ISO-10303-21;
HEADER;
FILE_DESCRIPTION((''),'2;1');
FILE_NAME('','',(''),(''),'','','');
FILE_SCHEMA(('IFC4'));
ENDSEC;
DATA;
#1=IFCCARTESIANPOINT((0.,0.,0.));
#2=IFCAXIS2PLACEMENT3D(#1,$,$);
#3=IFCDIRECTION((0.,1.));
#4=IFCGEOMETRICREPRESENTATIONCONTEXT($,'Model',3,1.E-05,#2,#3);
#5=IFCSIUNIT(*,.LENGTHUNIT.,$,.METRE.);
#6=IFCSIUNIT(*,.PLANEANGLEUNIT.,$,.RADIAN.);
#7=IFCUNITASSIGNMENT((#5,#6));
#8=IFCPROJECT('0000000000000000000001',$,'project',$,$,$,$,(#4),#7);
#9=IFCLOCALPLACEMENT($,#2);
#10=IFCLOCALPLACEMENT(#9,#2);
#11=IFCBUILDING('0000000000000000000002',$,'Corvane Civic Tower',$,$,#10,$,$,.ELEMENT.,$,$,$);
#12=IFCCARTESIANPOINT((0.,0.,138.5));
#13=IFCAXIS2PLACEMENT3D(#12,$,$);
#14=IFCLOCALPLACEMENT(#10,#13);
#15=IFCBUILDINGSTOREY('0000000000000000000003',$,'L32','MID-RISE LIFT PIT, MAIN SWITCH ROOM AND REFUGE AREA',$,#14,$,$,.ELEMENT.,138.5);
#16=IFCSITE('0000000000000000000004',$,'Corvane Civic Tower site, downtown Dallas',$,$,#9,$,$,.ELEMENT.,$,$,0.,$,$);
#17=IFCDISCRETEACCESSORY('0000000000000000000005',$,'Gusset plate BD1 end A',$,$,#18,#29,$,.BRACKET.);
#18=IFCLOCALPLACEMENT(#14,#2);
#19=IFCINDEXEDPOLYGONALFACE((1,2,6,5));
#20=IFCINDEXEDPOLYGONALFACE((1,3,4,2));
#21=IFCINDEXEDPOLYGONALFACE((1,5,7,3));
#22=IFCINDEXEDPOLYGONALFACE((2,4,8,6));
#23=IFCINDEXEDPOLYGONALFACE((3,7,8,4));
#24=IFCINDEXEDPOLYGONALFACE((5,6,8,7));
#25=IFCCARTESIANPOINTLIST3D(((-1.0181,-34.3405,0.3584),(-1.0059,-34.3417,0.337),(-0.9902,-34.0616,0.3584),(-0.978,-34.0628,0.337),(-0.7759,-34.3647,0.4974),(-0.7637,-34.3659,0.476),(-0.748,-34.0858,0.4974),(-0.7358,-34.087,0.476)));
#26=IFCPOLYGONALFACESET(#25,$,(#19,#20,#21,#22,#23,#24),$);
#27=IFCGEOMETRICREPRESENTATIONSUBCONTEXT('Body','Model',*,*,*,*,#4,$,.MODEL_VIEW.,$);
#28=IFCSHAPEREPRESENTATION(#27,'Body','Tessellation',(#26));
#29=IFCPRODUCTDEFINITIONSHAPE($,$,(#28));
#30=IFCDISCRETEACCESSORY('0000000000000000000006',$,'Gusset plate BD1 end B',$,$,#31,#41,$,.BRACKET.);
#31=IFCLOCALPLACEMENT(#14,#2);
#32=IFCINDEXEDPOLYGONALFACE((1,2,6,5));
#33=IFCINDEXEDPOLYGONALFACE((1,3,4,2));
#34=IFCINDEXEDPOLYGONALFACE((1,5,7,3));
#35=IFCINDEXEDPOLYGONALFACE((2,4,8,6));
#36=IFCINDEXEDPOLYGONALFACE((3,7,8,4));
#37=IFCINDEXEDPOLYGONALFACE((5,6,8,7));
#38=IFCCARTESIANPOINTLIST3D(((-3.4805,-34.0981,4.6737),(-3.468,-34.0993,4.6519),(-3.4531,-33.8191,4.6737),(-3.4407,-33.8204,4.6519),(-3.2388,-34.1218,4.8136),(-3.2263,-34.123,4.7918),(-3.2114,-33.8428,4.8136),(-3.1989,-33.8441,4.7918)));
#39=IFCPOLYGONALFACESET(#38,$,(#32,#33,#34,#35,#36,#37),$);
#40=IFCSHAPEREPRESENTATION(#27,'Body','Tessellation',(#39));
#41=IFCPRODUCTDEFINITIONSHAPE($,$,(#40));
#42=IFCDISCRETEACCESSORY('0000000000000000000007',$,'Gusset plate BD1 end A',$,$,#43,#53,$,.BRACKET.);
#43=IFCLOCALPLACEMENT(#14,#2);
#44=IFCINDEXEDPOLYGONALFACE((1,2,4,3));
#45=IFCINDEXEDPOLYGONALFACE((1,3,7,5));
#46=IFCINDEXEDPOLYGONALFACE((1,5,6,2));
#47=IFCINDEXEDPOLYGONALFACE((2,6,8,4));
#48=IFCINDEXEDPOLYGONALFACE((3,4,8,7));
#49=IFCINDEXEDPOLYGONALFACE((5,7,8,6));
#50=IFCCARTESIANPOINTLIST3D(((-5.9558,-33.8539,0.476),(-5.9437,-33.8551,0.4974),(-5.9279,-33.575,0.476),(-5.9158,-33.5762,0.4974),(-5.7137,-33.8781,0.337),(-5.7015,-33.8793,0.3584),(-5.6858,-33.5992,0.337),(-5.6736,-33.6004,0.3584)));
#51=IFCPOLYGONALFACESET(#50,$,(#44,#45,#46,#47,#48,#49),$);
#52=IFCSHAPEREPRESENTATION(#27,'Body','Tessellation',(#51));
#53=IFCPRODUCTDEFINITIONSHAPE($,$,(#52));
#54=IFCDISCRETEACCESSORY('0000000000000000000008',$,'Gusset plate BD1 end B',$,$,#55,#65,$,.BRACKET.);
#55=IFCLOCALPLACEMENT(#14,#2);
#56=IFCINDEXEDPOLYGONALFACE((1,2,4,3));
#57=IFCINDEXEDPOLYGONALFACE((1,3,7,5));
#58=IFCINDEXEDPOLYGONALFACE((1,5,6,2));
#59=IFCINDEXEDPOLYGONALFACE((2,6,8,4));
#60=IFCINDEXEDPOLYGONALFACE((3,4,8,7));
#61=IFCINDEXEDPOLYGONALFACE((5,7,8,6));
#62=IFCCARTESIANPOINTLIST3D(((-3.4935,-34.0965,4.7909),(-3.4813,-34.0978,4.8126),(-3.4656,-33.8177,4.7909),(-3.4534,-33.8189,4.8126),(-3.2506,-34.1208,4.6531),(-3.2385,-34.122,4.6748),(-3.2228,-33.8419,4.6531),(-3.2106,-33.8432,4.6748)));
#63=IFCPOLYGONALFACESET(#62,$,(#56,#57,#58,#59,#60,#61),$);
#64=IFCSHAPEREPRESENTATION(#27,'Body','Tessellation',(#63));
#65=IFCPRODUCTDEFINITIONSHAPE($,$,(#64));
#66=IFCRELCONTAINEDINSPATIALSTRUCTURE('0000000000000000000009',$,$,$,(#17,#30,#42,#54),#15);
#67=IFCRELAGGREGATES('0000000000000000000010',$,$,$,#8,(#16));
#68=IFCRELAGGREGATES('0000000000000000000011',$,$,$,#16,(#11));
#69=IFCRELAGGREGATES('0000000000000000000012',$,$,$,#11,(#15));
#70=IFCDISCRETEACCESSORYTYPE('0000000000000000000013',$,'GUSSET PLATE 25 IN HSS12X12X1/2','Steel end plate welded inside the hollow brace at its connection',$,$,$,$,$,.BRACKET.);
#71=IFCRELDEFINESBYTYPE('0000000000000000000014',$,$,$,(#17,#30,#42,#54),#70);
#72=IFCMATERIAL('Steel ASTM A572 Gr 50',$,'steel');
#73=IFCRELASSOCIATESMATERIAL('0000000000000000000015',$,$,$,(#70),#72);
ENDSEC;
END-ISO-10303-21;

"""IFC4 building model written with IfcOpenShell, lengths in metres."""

from ifc_helpers import new_model, si_unit, direction, frame, origin, origin_2d, place, context, subcontext, project, spatial, rectangle, extrude, material, material_profile, profile_set, type_object, element, save


model = new_model("IFC4")

# Units and contexts
model_context = context("Model", 3, precision=1e-05, world=origin(), true_north=direction((0.0, 1.0)))
body_context = subcontext(model_context, "Body", "Model", "MODEL_VIEW")
ifc_project = project(units=[si_unit("LENGTHUNIT", "METRE"), si_unit("PLANEANGLEUNIT", "RADIAN")], contexts=[model_context])

# Site, building, storey
site_placement = place(None, origin())
site = spatial("IfcSite", under=ifc_project, at=site_placement, Name="Corvane Civic Tower site, downtown Dallas", CompositionType="ELEMENT", RefElevation=0.0)
building_placement = place(site_placement, origin())
building = spatial("IfcBuilding", under=site, at=building_placement, Name="Corvane Civic Tower", CompositionType="ELEMENT")
storey_placement = place(building_placement, frame((0.0, 0.0, 138.5)))
storey = spatial("IfcBuildingStorey", under=building, at=storey_placement, Name="L32", Description="MID-RISE LIFT PIT, MAIN SWITCH ROOM AND REFUGE AREA", CompositionType="ELEMENT", Elevation=138.5)

# Discrete accessories
ifc_material_1 = material(Name="Steel ASTM A572 Gr 50", Category="steel")
ifc_material_profile_1 = material_profile(ifc_material_1, rectangle(XDim=0.2803, YDim=0.2803, at=origin_2d()), Name="GUSSET PLATE 25 IN HSS12X12X1/2")
ifc_profile_set_1 = profile_set([ifc_material_profile_1], Name="Steel ASTM A572 Gr 50")
discrete_accessory_type = type_object("IfcDiscreteAccessoryType", Name="GUSSET PLATE 25 IN HSS12X12X1/2", Description="Steel end plate welded inside the hollow brace at its connection", PredefinedType="BRACKET", material=ifc_profile_set_1)
discrete_accessory_1_placement = place(storey_placement, frame((-0.8708, -34.2144, 0.4065), z_axis=(-0.493408, 0.049341, 0.868398), x_axis=(-0.099504, -0.995037, 0.0)))
element("IfcDiscreteAccessory", 1, at=discrete_accessory_1_placement, inside=storey, type_object=discrete_accessory_type, Name="Gusset plate BD1 end A", PredefinedType="BRACKET", context=body_context, shape_type="SweptSolid", body=[
    extrude(rectangle(XDim=0.2803, YDim=0.2803, at=origin_2d()), origin(), (0.0, 0.0, 1.0), 0.0247),
])
discrete_accessory_2_placement = place(storey_placement, frame((-3.3459, -33.9705, 4.7437), z_axis=(0.496599, -0.048686, -0.866614), x_axis=(0.097571, 0.995229, 0.0)))
element("IfcDiscreteAccessory", 2, at=discrete_accessory_2_placement, inside=storey, type_object=discrete_accessory_type, Name="Gusset plate BD1 end B", PredefinedType="BRACKET", context=body_context, shape_type="SweptSolid", body=[
    extrude(rectangle(XDim=0.2803, YDim=0.2803, at=origin_2d()), origin(), (0.0, 0.0, 1.0), 0.0251),
])
discrete_accessory_3_placement = place(storey_placement, frame((-5.8208, -33.7266, 0.4065), z_axis=(0.493408, -0.049341, 0.868398), x_axis=(0.099504, 0.995037, 0.0)))
element("IfcDiscreteAccessory", 3, at=discrete_accessory_3_placement, inside=storey, type_object=discrete_accessory_type, Name="Gusset plate BD1 end A", PredefinedType="BRACKET", context=body_context, shape_type="SweptSolid", body=[
    extrude(rectangle(XDim=0.2803, YDim=0.2803, at=origin_2d()), origin(), (0.0, 0.0, 1.0), 0.0247),
])
discrete_accessory_4_placement = place(storey_placement, frame((-3.3459, -33.9705, 4.7437), z_axis=(-0.48921, 0.048921, -0.870793), x_axis=(-0.099504, -0.995037, 0.0)))
element("IfcDiscreteAccessory", 4, at=discrete_accessory_4_placement, inside=storey, type_object=discrete_accessory_type, Name="Gusset plate BD1 end B", PredefinedType="BRACKET", context=body_context, shape_type="SweptSolid", body=[
    extrude(rectangle(XDim=0.2803, YDim=0.2803, at=origin_2d()), origin(), (0.0, 0.0, 1.0), 0.0249),
])

save(model, "model.ifc")
